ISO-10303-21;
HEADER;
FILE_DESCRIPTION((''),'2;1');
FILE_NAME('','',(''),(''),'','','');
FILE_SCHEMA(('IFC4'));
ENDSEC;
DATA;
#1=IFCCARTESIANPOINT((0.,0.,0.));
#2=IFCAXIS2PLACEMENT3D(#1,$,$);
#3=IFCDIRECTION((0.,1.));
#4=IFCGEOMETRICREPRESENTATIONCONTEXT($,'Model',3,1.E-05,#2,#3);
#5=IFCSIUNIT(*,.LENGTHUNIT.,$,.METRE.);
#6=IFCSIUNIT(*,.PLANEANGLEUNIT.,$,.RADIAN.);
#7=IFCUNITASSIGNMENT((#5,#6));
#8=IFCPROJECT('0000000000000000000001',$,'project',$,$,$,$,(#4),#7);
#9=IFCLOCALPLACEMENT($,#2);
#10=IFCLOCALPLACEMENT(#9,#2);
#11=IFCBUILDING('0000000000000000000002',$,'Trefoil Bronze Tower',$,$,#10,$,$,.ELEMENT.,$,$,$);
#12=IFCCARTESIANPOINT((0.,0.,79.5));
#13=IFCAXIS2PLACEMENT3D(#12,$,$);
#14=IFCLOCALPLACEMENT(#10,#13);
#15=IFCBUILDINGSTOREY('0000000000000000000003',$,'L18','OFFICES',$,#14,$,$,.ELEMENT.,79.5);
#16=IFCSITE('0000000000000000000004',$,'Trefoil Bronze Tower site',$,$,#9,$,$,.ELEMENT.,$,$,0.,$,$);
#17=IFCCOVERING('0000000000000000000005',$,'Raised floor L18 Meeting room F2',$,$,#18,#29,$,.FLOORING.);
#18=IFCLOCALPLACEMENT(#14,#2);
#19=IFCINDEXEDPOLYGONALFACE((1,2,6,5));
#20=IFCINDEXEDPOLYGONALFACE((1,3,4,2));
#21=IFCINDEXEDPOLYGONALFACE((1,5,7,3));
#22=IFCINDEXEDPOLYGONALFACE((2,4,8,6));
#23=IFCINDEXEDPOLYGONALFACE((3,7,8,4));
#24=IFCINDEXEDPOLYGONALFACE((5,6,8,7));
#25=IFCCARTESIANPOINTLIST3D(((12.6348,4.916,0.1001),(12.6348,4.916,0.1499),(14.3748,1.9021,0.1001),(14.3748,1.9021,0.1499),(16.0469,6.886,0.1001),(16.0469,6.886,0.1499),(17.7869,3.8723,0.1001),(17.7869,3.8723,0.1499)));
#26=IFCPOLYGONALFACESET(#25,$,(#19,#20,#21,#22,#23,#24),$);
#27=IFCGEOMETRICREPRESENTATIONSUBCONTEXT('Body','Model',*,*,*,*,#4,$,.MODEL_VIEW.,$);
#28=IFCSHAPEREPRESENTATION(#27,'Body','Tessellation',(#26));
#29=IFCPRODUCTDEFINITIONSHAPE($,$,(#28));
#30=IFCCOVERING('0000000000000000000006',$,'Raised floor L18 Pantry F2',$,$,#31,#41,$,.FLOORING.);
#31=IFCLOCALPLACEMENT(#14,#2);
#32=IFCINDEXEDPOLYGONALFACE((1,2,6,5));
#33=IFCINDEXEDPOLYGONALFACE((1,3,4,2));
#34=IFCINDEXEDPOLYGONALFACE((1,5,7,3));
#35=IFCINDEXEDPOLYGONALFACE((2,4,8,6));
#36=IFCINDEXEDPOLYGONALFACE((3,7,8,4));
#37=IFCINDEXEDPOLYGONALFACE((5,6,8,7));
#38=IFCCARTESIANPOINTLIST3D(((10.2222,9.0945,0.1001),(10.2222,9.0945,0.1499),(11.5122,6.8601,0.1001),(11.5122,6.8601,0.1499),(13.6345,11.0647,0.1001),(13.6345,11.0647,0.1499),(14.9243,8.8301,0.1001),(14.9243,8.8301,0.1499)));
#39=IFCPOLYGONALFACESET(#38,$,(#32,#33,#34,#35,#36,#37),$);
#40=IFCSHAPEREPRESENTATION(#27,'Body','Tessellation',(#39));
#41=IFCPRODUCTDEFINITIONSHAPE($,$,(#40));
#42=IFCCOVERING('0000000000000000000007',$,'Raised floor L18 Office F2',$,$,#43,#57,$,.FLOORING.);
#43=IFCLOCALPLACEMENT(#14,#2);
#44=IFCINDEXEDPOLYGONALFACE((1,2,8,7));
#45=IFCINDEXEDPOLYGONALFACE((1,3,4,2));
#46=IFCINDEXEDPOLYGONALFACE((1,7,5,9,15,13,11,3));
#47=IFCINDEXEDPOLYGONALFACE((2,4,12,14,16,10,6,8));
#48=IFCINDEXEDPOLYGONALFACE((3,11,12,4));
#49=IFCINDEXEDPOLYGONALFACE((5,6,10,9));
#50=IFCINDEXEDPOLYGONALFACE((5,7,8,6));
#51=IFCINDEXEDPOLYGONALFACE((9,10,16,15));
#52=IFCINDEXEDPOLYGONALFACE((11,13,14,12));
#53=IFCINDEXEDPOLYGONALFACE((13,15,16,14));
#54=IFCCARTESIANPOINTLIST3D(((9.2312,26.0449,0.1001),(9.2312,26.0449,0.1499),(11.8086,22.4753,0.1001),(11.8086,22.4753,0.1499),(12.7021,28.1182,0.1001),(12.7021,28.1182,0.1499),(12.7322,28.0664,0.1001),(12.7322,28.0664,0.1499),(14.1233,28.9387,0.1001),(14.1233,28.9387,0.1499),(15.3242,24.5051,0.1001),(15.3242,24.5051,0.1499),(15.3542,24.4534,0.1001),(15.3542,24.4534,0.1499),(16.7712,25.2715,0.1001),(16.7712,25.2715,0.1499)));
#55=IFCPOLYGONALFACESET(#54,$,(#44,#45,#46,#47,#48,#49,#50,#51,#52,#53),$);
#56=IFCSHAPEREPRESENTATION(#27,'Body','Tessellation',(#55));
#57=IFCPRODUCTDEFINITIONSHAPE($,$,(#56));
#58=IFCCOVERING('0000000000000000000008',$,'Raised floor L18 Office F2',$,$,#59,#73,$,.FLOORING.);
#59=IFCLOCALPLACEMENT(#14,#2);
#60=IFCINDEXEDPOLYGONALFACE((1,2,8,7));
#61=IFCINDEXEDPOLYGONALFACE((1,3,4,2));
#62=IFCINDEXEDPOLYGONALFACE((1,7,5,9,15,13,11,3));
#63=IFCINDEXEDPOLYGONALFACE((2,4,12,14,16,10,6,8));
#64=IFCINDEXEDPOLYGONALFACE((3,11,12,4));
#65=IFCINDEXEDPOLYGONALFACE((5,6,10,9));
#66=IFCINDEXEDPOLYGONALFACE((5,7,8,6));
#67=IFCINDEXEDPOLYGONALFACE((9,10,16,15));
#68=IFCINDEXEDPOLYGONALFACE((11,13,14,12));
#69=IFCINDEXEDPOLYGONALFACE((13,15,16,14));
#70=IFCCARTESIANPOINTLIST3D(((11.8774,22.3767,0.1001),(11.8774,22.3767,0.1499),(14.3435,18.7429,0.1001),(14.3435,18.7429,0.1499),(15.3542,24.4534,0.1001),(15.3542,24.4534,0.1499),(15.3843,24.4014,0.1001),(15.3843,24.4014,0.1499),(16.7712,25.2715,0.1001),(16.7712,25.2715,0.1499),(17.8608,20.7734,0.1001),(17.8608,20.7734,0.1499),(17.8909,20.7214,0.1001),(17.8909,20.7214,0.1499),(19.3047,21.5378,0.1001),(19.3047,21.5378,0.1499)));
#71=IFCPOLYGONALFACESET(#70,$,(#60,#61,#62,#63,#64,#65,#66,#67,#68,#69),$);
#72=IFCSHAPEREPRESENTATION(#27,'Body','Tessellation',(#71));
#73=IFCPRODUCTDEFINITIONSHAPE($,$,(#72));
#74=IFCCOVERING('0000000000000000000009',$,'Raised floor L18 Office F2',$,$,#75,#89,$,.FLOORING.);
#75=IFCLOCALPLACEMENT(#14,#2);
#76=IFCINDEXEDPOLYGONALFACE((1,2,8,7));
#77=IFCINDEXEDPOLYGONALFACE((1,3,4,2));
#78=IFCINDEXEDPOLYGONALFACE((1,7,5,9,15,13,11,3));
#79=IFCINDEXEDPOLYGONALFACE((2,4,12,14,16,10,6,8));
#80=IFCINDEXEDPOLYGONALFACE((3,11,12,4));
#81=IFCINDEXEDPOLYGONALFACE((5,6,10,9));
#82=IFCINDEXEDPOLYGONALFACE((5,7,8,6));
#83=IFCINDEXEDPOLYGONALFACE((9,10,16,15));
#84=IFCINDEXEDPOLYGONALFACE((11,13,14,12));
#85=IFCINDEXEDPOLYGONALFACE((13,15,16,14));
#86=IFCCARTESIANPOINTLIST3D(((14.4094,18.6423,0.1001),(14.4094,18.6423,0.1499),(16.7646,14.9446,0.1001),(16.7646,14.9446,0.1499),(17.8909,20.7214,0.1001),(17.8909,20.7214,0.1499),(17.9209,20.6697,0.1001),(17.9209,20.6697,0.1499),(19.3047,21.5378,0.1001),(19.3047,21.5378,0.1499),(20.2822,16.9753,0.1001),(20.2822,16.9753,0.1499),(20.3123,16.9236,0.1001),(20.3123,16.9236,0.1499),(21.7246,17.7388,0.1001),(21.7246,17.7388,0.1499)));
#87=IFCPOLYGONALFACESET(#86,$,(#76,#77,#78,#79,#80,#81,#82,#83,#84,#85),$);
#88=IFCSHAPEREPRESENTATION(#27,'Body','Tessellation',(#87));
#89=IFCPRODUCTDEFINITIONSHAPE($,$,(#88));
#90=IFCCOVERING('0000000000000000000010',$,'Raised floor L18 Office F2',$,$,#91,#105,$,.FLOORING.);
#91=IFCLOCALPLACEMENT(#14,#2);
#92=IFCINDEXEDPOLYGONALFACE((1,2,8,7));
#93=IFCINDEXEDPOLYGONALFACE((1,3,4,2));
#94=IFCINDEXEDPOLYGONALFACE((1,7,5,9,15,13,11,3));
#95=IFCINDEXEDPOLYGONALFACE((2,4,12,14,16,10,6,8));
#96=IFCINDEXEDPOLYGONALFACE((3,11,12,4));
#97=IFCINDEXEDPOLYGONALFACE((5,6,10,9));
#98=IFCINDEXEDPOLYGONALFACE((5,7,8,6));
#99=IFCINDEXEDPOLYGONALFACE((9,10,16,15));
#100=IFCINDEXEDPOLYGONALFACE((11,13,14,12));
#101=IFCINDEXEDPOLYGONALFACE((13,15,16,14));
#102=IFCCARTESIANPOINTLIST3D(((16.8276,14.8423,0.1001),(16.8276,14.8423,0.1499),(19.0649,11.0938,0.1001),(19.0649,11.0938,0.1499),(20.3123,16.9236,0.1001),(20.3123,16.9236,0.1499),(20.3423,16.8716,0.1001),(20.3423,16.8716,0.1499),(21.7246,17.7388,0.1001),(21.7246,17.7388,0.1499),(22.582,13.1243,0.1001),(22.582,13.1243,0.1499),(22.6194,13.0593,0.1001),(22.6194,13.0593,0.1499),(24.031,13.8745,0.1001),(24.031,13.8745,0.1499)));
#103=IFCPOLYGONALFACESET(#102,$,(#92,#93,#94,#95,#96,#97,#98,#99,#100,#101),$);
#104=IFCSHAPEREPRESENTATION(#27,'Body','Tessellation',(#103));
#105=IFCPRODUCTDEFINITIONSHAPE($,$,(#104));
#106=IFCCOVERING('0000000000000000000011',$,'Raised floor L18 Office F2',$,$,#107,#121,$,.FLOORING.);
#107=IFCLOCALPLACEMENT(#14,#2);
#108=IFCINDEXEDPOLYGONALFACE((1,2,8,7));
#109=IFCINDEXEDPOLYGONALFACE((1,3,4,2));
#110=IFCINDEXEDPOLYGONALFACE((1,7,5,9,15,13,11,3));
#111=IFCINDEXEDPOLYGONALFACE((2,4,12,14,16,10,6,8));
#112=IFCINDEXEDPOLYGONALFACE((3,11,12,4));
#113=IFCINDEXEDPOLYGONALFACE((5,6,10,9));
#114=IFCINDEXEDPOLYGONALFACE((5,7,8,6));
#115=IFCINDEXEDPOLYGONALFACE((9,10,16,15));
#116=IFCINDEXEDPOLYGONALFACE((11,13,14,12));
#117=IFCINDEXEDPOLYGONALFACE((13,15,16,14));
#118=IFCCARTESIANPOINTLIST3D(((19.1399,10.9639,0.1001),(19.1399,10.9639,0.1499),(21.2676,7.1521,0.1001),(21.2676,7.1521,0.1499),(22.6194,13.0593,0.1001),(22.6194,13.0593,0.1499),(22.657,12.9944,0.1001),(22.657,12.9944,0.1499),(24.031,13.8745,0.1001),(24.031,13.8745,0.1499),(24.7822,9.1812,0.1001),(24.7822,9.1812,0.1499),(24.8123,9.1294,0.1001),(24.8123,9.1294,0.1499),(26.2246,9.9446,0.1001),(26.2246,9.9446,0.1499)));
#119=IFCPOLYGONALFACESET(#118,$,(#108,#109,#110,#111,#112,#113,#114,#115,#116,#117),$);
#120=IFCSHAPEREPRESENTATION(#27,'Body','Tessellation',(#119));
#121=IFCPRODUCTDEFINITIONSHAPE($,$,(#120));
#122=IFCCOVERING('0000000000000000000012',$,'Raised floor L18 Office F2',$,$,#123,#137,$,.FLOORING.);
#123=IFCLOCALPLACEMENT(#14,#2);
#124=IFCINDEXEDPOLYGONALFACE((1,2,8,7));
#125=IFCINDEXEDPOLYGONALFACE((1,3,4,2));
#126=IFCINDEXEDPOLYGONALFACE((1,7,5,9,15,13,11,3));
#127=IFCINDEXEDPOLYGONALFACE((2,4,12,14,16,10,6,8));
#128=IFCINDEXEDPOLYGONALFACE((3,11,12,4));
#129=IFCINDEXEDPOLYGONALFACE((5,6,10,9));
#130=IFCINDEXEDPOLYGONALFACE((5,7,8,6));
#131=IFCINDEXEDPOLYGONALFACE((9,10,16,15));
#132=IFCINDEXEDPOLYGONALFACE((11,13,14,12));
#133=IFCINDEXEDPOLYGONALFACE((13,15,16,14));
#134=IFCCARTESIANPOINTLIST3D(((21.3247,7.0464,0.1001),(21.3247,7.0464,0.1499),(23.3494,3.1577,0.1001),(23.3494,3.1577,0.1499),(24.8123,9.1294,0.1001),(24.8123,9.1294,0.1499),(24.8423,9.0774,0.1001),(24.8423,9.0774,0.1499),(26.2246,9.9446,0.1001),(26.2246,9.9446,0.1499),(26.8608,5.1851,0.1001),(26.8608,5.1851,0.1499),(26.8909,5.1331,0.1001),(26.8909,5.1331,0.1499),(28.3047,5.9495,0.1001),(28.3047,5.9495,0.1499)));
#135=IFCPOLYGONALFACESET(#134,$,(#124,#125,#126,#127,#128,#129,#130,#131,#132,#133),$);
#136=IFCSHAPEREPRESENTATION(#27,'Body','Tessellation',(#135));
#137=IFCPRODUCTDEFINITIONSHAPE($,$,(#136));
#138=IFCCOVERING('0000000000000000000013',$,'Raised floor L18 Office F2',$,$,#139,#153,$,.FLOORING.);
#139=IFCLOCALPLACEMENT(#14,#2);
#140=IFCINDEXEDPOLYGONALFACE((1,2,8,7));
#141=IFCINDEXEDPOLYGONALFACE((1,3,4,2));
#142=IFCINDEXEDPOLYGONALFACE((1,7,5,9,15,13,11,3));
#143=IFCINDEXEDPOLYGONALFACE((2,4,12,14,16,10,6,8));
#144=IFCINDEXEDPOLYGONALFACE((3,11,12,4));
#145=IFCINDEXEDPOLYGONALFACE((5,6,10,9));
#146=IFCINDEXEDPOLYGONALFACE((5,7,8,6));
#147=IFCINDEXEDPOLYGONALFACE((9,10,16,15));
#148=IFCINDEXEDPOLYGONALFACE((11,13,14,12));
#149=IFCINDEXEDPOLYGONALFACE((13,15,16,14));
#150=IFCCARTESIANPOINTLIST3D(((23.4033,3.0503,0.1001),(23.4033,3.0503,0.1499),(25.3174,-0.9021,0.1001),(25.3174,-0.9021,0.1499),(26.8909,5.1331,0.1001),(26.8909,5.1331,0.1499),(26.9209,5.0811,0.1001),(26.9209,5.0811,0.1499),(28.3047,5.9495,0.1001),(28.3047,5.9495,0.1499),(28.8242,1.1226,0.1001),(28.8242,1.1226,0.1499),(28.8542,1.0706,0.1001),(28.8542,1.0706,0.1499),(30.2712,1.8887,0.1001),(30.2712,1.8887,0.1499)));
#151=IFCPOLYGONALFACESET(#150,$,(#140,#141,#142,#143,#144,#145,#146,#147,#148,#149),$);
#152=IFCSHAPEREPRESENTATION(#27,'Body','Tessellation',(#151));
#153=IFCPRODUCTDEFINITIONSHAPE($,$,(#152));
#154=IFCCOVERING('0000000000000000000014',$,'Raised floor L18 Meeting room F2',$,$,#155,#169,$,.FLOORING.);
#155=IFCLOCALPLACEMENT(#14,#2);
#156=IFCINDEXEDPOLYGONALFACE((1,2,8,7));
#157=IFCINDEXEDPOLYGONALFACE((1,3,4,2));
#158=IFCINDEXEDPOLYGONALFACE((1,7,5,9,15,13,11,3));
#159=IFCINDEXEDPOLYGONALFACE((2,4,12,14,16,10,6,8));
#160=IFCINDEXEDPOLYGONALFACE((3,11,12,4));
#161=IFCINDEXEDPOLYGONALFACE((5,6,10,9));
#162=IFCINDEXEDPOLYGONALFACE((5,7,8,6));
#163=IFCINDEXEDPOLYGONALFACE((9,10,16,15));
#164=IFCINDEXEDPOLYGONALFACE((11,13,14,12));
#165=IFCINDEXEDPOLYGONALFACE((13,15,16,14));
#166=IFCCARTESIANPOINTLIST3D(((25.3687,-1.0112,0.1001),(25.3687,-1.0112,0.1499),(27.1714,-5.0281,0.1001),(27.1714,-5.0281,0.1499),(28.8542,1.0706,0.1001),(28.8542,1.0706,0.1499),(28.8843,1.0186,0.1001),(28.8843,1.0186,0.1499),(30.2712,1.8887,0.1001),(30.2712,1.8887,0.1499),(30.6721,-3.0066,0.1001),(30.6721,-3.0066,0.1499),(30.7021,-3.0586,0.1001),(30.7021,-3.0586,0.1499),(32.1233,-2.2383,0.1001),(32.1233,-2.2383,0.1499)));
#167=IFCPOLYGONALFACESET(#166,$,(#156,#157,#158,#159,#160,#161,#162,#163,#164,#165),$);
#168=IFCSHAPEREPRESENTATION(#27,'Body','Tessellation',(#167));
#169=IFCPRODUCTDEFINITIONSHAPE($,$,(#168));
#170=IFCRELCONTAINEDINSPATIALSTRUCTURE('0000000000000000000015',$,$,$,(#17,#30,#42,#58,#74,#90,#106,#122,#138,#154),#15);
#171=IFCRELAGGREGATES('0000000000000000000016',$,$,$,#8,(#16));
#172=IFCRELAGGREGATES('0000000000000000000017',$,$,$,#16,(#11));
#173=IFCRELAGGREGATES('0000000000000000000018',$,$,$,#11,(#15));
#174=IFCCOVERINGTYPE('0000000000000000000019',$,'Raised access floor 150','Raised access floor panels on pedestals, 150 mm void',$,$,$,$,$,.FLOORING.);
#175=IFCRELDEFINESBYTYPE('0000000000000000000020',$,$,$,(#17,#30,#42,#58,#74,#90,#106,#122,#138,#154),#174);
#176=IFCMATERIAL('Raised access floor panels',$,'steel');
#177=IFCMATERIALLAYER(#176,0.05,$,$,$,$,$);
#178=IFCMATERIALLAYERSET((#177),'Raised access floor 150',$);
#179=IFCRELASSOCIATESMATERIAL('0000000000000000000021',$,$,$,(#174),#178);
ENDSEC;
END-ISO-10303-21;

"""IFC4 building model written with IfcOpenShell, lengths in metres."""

from ifc_helpers import new_model, si_unit, direction, frame, origin, place, context, subcontext, project, spatial, polyline, outline, extrude, material, layer, layer_set, type_object, element, save


model = new_model("IFC4")

# Units and contexts
model_context = context("Model", 3, precision=1e-05, world=origin(), true_north=direction((0.0, 1.0)))
body_context = subcontext(model_context, "Body", "Model", "MODEL_VIEW")
ifc_project = project(units=[si_unit("LENGTHUNIT", "METRE"), si_unit("PLANEANGLEUNIT", "RADIAN")], contexts=[model_context])

# Site, building, storey
site_placement = place(None, origin())
site = spatial("IfcSite", under=ifc_project, at=site_placement, Name="Trefoil Bronze Tower site", CompositionType="ELEMENT", RefElevation=0.0)
building_placement = place(site_placement, origin())
building = spatial("IfcBuilding", under=site, at=building_placement, Name="Trefoil Bronze Tower", CompositionType="ELEMENT")
storey_placement = place(building_placement, frame((0.0, 0.0, 79.5)))
storey = spatial("IfcBuildingStorey", under=building, at=storey_placement, Name="L18", Description="OFFICES", CompositionType="ELEMENT", Elevation=79.5)

# Coverings
ifc_material_1 = material(Name="Raised access floor panels", Category="steel")
ifc_layer_1 = layer(ifc_material_1, 0.05)
ifc_layer_set_1 = layer_set([ifc_layer_1], Name="Raised access floor 150")
covering_type_1 = type_object("IfcCoveringType", Name="Raised access floor 150", Description="Raised access floor panels on pedestals, 150 mm void", PredefinedType="FLOORING", material=ifc_layer_set_1)
covering_1_placement = place(storey_placement, frame((0.0, 0.0, 0.1001)))
element("IfcCovering", 1, at=covering_1_placement, inside=storey, type_object=covering_type_1, Name="Raised floor L18 Meeting room F2", PredefinedType="FLOORING", context=body_context, shape_type="SweptSolid", body=[
    extrude(outline(polyline([(12.6348, 4.916), (16.0469, 6.886), (17.7869, 3.8723), (14.3748, 1.9021), (12.6348, 4.916)])), origin(), (0.0, 0.0, 1.0), 0.0498),
])
covering_2_placement = place(storey_placement, frame((0.0, 0.0, 0.1001)))
element("IfcCovering", 2, at=covering_2_placement, inside=storey, type_object=covering_type_1, Name="Raised floor L18 Pantry F2", PredefinedType="FLOORING", context=body_context, shape_type="SweptSolid", body=[
    extrude(outline(polyline([(10.2222, 9.0945), (13.6345, 11.0647), (14.9243, 8.8301), (11.5122, 6.8601), (10.2222, 9.0945)])), origin(), (0.0, 0.0, 1.0), 0.0498),
])
covering_3_placement = place(storey_placement, frame((0.0, 0.0, 0.1001)))
element("IfcCovering", 3, at=covering_3_placement, inside=storey, type_object=covering_type_1, Name="Raised floor L18 Office F2", PredefinedType="FLOORING", context=body_context, shape_type="SweptSolid", body=[
    extrude(outline(polyline([(16.7712, 25.2715), (15.3542, 24.4534), (15.3242, 24.5051), (11.8086, 22.4753), (9.2312, 26.0449), (12.7322, 28.0664), (12.7021, 28.1182), (14.1233, 28.9387), (16.7712, 25.2715)])), origin(), (0.0, 0.0, 1.0), 0.0498),
])
covering_4_placement = place(storey_placement, frame((0.0, 0.0, 0.1001)))
element("IfcCovering", 4, at=covering_4_placement, inside=storey, type_object=covering_type_1, Name="Raised floor L18 Office F2", PredefinedType="FLOORING", context=body_context, shape_type="SweptSolid", body=[
    extrude(outline(polyline([(16.7712, 25.2715), (19.3047, 21.5378), (17.8909, 20.7214), (17.8608, 20.7734), (14.3435, 18.7429), (11.8774, 22.3767), (15.3843, 24.4014), (15.3542, 24.4534), (16.7712, 25.2715)])), origin(), (0.0, 0.0, 1.0), 0.0498),
])
covering_5_placement = place(storey_placement, frame((0.0, 0.0, 0.1001)))
element("IfcCovering", 5, at=covering_5_placement, inside=storey, type_object=covering_type_1, Name="Raised floor L18 Office F2", PredefinedType="FLOORING", context=body_context, shape_type="SweptSolid", body=[
    extrude(outline(polyline([(21.7246, 17.7388), (20.3123, 16.9236), (20.2822, 16.9753), (16.7646, 14.9446), (14.4094, 18.6423), (17.9209, 20.6697), (17.8909, 20.7214), (19.3047, 21.5378), (21.7246, 17.7388)])), origin(), (0.0, 0.0, 1.0), 0.0498),
])
covering_6_placement = place(storey_placement, frame((0.0, 0.0, 0.1001)))
element("IfcCovering", 6, at=covering_6_placement, inside=storey, type_object=covering_type_1, Name="Raised floor L18 Office F2", PredefinedType="FLOORING", context=body_context, shape_type="SweptSolid", body=[
    extrude(outline(polyline([(21.7246, 17.7388), (24.031, 13.8745), (22.6194, 13.0593), (22.582, 13.1243), (19.0649, 11.0938), (16.8276, 14.8423), (20.3423, 16.8716), (20.3123, 16.9236), (21.7246, 17.7388)])), origin(), (0.0, 0.0, 1.0), 0.0498),
])
covering_7_placement = place(storey_placement, frame((0.0, 0.0, 0.1001)))
element("IfcCovering", 7, at=covering_7_placement, inside=storey, type_object=covering_type_1, Name="Raised floor L18 Office F2", PredefinedType="FLOORING", context=body_context, shape_type="SweptSolid", body=[
    extrude(outline(polyline([(24.031, 13.8745), (26.2246, 9.9446), (24.8123, 9.1294), (24.7822, 9.1812), (21.2676, 7.1521), (19.1399, 10.9639), (22.657, 12.9944), (22.6194, 13.0593), (24.031, 13.8745)])), origin(), (0.0, 0.0, 1.0), 0.0498),
])
covering_8_placement = place(storey_placement, frame((0.0, 0.0, 0.1001)))
element("IfcCovering", 8, at=covering_8_placement, inside=storey, type_object=covering_type_1, Name="Raised floor L18 Office F2", PredefinedType="FLOORING", context=body_context, shape_type="SweptSolid", body=[
    extrude(outline(polyline([(26.2246, 9.9446), (28.3047, 5.9495), (26.8909, 5.1331), (26.8608, 5.1851), (23.3494, 3.1577), (21.3247, 7.0464), (24.8423, 9.0774), (24.8123, 9.1294), (26.2246, 9.9446)])), origin(), (0.0, 0.0, 1.0), 0.0498),
])
covering_9_placement = place(storey_placement, frame((0.0, 0.0, 0.1001)))
element("IfcCovering", 9, at=covering_9_placement, inside=storey, type_object=covering_type_1, Name="Raised floor L18 Office F2", PredefinedType="FLOORING", context=body_context, shape_type="SweptSolid", body=[
    extrude(outline(polyline([(28.3047, 5.9495), (30.2712, 1.8887), (28.8542, 1.0706), (28.8242, 1.1226), (25.3174, -0.9021), (23.4033, 3.0503), (26.9209, 5.0811), (26.8909, 5.1331), (28.3047, 5.9495)])), origin(), (0.0, 0.0, 1.0), 0.0498),
])
covering_10_placement = place(storey_placement, frame((0.0, 0.0, 0.1001)))
element("IfcCovering", 10, at=covering_10_placement, inside=storey, type_object=covering_type_1, Name="Raised floor L18 Meeting room F2", PredefinedType="FLOORING", context=body_context, shape_type="SweptSolid", body=[
    extrude(outline(polyline([(32.1233, -2.2383), (30.7021, -3.0586), (30.6721, -3.0066), (27.1714, -5.0281), (25.3687, -1.0112), (28.8843, 1.0186), (28.8542, 1.0706), (30.2712, 1.8887), (32.1233, -2.2383)])), origin(), (0.0, 0.0, 1.0), 0.0498),
])

save(model, "model.ifc")
